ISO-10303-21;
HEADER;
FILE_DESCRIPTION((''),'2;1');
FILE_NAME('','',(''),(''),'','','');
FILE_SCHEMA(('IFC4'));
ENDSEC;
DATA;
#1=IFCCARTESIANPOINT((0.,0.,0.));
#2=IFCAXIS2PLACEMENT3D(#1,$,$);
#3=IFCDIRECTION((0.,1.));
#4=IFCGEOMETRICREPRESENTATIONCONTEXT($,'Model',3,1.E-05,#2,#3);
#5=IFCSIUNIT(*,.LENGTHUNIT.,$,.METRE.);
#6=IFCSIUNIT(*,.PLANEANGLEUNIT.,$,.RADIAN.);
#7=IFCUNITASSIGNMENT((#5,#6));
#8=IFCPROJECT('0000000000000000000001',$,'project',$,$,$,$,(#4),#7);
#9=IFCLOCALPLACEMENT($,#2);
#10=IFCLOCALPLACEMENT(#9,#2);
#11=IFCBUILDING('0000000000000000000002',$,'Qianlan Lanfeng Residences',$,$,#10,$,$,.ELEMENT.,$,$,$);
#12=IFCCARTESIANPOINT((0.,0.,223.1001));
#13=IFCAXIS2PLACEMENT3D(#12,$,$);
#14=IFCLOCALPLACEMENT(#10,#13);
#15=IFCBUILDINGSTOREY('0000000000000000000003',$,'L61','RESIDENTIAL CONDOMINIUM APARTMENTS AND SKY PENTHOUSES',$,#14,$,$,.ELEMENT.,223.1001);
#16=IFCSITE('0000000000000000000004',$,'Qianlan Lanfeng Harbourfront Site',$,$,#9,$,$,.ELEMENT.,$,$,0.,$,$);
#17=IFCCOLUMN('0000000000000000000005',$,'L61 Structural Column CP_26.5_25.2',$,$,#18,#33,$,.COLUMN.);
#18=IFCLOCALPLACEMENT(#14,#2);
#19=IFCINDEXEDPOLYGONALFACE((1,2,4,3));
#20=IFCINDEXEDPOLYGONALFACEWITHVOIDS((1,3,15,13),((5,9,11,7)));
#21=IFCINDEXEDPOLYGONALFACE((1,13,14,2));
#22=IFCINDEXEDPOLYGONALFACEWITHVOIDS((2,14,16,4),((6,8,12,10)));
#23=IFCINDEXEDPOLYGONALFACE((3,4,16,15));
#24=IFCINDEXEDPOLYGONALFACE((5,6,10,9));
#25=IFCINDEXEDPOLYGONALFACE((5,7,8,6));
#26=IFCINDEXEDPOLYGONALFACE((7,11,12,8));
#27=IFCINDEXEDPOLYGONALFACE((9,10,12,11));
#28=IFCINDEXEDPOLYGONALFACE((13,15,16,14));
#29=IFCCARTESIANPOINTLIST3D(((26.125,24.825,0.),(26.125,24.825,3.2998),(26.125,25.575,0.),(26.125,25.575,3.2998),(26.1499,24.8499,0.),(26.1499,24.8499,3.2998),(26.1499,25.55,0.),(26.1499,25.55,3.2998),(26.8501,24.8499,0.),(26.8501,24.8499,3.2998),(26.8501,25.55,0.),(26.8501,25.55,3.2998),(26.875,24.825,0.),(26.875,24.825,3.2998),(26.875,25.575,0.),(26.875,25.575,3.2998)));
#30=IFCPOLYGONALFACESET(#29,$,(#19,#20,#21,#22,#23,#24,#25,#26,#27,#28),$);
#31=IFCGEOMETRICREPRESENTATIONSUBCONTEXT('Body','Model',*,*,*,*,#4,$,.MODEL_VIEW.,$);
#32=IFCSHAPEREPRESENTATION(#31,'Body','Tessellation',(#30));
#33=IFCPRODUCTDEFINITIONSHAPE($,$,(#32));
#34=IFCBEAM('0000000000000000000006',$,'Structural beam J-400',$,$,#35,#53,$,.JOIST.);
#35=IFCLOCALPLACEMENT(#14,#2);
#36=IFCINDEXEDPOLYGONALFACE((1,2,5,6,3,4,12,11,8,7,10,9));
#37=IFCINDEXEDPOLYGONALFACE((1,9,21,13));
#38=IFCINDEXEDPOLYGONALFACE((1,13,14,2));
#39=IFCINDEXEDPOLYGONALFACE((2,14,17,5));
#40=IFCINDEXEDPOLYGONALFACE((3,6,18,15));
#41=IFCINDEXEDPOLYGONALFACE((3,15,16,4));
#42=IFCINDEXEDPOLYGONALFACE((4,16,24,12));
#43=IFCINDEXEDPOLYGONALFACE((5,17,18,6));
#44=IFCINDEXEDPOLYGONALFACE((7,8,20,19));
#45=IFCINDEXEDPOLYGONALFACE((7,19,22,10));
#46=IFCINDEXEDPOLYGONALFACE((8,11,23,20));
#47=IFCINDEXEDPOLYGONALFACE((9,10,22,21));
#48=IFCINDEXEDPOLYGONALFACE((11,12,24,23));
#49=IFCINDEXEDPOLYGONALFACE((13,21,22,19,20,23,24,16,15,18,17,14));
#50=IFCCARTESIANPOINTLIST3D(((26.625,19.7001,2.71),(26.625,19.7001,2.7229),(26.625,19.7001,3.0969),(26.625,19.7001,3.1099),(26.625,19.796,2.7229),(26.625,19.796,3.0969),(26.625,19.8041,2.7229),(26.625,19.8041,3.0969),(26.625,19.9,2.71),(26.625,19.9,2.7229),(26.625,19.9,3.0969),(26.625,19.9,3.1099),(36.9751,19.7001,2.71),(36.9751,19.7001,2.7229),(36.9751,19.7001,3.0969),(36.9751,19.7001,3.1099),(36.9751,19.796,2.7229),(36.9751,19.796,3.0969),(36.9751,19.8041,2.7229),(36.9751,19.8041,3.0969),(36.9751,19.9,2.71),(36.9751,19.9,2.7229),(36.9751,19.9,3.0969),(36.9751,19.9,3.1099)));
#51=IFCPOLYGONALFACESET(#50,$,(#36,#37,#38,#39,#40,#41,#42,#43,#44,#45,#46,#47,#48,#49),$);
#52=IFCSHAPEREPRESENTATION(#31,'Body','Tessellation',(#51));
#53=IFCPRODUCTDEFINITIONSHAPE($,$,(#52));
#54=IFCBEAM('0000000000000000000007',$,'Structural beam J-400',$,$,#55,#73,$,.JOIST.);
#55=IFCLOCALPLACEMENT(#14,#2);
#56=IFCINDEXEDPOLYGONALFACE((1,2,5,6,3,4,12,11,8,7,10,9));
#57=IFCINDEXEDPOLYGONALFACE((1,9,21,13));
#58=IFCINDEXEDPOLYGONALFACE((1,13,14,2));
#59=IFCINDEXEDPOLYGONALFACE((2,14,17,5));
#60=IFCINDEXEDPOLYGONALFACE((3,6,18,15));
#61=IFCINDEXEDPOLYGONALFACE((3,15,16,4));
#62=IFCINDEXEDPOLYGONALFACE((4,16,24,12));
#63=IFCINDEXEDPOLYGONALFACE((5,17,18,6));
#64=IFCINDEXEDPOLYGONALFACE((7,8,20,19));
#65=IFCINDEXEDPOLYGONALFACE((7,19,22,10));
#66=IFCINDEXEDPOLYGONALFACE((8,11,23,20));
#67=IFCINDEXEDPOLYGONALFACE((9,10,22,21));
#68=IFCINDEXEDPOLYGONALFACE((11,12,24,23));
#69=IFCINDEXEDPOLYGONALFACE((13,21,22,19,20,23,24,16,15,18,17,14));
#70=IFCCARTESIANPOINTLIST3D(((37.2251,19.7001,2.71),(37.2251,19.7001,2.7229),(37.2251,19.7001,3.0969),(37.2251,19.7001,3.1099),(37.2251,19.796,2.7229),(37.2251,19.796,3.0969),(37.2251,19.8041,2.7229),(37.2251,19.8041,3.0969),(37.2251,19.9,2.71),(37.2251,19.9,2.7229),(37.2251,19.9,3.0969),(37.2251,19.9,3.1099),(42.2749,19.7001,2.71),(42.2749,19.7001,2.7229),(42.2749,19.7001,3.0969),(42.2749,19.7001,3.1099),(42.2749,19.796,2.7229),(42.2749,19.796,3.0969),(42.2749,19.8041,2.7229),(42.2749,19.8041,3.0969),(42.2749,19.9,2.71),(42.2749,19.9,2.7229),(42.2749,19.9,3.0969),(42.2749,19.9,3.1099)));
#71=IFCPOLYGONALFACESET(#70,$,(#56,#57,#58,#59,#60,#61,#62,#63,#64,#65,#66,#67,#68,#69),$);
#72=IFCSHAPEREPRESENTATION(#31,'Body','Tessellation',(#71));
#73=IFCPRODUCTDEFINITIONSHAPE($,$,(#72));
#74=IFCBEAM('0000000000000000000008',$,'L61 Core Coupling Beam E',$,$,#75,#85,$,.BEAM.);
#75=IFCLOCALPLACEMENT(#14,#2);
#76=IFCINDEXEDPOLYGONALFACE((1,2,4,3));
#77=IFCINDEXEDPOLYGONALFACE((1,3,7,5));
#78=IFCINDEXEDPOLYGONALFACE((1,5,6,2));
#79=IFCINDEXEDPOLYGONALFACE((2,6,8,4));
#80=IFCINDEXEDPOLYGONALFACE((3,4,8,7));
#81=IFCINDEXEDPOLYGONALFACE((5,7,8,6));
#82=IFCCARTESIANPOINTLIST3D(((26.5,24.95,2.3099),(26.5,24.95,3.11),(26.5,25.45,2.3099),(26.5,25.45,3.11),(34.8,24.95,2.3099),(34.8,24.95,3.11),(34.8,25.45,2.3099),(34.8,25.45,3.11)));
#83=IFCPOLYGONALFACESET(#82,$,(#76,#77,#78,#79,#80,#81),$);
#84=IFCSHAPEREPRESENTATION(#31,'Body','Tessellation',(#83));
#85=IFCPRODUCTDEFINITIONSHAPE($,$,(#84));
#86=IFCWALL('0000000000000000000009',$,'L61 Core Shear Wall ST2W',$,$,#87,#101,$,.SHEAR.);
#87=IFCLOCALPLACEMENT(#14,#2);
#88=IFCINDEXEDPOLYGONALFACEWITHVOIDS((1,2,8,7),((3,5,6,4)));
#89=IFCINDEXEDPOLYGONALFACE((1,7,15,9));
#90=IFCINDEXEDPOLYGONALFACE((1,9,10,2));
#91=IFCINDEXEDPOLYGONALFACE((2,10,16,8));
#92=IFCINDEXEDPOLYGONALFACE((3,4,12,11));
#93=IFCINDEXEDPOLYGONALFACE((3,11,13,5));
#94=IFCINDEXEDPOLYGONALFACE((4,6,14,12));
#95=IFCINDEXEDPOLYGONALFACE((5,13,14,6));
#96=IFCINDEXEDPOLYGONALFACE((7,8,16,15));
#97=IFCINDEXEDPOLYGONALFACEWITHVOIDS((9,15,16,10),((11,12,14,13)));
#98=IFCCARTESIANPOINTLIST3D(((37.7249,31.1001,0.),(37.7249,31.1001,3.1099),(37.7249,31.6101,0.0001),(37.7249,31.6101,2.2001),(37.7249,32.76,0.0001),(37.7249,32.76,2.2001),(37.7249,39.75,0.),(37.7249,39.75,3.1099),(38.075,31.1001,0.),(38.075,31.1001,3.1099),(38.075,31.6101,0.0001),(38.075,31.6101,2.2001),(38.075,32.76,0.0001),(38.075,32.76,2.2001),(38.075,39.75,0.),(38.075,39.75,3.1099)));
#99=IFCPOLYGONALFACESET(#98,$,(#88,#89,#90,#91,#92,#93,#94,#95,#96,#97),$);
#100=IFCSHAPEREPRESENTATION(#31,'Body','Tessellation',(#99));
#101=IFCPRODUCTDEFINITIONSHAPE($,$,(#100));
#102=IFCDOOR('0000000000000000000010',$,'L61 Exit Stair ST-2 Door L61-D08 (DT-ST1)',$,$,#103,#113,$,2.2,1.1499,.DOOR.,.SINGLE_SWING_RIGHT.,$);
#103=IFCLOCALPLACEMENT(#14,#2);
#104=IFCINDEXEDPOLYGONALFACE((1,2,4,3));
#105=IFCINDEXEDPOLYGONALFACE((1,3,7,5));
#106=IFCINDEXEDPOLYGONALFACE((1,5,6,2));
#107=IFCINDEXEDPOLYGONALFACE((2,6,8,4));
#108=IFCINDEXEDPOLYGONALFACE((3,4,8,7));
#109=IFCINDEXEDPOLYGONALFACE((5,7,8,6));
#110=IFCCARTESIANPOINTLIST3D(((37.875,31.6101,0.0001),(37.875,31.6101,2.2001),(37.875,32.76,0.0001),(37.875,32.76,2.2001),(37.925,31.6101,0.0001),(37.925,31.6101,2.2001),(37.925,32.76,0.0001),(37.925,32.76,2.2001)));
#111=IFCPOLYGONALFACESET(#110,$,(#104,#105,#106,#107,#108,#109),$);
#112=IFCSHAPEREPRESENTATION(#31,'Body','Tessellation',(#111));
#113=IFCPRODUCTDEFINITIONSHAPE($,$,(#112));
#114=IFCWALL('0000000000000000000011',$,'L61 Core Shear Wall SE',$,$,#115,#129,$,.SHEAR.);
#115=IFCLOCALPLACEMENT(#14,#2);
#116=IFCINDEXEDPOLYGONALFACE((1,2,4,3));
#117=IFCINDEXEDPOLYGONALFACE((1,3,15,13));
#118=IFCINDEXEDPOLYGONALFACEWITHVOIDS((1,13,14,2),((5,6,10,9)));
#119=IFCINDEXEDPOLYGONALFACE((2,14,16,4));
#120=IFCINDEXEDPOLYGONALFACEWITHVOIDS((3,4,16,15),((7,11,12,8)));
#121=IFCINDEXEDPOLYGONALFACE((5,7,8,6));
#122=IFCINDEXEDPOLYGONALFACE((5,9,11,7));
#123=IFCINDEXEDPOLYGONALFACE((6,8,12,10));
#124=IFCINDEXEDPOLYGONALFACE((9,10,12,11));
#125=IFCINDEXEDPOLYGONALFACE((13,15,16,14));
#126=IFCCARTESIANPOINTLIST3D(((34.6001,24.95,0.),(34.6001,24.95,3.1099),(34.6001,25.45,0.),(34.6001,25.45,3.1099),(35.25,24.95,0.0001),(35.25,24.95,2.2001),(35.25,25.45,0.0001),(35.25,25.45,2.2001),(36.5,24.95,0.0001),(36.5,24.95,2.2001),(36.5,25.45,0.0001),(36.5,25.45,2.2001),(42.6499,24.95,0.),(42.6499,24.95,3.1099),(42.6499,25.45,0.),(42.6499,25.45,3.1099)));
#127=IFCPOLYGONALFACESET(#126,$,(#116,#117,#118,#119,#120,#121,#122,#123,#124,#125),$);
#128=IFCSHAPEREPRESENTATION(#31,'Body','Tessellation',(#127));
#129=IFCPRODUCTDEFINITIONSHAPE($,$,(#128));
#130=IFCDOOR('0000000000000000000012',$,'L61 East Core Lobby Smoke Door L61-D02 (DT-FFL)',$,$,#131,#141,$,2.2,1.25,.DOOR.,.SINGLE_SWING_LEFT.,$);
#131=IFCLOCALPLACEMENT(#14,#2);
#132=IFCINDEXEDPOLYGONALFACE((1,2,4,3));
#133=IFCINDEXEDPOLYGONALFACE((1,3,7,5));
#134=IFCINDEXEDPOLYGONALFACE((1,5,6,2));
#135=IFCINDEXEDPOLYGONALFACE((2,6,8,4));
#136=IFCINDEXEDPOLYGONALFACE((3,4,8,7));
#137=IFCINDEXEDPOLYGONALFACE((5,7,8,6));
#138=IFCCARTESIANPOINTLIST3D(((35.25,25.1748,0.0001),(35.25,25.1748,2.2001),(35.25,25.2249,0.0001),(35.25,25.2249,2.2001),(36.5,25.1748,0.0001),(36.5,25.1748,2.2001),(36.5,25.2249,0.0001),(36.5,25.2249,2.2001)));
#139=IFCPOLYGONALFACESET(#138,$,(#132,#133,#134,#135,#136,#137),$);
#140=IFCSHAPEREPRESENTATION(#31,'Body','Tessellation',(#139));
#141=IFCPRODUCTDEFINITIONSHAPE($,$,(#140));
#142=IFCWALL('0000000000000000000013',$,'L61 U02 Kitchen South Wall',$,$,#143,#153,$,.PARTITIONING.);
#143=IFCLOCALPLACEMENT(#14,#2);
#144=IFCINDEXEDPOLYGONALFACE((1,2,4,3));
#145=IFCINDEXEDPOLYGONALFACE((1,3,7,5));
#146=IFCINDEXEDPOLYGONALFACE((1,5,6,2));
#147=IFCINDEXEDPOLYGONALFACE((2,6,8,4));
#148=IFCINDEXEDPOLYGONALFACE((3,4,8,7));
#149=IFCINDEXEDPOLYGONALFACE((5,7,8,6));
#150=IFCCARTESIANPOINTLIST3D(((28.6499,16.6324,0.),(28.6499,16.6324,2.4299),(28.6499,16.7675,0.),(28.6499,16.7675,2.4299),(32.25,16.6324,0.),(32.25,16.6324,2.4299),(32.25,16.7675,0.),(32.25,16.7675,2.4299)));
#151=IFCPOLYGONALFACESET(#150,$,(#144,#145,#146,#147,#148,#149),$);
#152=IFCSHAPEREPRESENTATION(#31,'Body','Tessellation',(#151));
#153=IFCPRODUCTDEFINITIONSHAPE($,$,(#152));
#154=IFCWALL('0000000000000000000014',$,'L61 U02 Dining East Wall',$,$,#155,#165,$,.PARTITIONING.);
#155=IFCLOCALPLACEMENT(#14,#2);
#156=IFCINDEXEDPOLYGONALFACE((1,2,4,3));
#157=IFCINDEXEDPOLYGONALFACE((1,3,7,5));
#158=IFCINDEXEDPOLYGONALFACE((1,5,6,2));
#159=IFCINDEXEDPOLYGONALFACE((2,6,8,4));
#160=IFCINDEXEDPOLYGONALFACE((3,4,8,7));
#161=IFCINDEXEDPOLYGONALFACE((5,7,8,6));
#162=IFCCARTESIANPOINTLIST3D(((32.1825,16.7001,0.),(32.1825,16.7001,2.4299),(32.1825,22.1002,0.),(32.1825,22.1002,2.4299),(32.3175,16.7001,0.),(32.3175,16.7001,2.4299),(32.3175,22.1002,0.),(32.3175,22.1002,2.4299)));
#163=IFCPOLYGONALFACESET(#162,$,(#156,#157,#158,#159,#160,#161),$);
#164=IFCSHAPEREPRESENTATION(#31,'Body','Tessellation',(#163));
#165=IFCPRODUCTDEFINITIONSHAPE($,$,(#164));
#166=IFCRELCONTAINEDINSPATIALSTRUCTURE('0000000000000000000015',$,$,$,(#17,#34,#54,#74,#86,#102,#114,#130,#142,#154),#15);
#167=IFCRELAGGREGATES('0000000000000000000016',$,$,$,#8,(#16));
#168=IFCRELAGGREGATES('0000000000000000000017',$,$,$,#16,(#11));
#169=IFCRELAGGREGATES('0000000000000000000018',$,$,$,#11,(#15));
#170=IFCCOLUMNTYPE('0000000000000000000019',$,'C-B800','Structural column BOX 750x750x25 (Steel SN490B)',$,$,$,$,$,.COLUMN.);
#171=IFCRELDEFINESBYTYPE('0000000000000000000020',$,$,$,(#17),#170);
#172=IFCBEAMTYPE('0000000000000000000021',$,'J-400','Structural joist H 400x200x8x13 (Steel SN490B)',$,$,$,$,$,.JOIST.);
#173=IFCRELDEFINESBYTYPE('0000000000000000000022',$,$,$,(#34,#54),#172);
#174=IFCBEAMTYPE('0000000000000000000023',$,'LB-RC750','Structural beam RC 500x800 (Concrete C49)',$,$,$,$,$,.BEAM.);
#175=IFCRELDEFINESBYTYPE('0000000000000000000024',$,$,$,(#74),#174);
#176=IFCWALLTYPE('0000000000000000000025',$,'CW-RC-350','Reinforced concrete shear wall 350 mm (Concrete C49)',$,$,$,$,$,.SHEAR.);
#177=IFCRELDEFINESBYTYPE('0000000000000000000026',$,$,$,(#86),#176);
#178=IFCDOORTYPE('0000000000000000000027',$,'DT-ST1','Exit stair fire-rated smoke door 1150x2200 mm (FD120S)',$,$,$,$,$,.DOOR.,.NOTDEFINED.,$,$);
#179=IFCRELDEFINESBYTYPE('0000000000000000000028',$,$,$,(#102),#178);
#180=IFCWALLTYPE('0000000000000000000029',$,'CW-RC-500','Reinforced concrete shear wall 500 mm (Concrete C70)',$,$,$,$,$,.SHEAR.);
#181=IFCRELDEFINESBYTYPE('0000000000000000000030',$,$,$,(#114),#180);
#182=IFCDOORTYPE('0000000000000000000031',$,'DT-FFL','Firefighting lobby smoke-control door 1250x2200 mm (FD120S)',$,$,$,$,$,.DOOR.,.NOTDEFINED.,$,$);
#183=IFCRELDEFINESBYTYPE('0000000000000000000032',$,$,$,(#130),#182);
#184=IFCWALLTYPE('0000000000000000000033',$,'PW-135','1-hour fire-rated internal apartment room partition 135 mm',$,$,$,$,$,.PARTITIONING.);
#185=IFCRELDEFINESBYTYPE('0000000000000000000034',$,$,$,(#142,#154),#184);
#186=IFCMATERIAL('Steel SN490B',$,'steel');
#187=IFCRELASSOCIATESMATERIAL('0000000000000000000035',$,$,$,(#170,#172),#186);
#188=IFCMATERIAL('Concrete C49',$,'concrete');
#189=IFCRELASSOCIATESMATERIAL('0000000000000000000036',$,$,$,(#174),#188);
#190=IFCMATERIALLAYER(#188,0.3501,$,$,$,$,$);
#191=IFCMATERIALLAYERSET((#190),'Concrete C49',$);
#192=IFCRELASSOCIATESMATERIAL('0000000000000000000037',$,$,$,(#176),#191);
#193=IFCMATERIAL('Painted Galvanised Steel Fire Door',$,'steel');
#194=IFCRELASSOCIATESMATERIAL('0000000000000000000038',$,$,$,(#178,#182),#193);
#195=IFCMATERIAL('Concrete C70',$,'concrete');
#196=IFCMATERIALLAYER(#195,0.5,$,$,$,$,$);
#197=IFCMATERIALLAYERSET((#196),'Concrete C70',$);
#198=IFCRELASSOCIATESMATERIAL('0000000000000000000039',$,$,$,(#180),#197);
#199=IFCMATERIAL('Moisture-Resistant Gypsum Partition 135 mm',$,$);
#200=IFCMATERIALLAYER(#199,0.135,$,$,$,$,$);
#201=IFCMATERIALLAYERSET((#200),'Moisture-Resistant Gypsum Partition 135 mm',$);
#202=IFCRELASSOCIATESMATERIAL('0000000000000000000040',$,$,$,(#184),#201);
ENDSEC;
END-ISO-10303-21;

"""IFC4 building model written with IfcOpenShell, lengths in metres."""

from ifc_helpers import new_model, si_unit, direction, frame, frame_2d, origin, origin_2d, place, context, subcontext, project, spatial, rectangle, hollow_rectangle, i_section, extrude, material, layer, layer_set, material_profile, profile_set, type_object, element, fill, save


model = new_model("IFC4")

# Units and contexts
model_context = context("Model", 3, precision=1e-05, world=origin(), true_north=direction((0.0, 1.0)))
body_context = subcontext(model_context, "Body", "Model", "MODEL_VIEW")
ifc_project = project(units=[si_unit("LENGTHUNIT", "METRE"), si_unit("PLANEANGLEUNIT", "RADIAN")], contexts=[model_context])

# Site, building, storey
site_placement = place(None, origin())
site = spatial("IfcSite", under=ifc_project, at=site_placement, Name="Qianlan Lanfeng Harbourfront Site", CompositionType="ELEMENT", RefElevation=0.0)
building_placement = place(site_placement, origin())
building = spatial("IfcBuilding", under=site, at=building_placement, Name="Qianlan Lanfeng Residences", CompositionType="ELEMENT")
storey_placement = place(building_placement, frame((0.0, 0.0, 223.1001)))
storey = spatial("IfcBuildingStorey", under=building, at=storey_placement, Name="L61", Description="RESIDENTIAL CONDOMINIUM APARTMENTS AND SKY PENTHOUSES", CompositionType="ELEMENT", Elevation=223.1001)

# Column
ifc_material_1 = material(Name="Steel SN490B", Category="steel")
ifc_material_profile_1 = material_profile(ifc_material_1, hollow_rectangle(XDim=0.75, YDim=0.75, WallThickness=0.0249, at=origin_2d()), Name="BOX 750x750x25")
ifc_profile_set_1 = profile_set([ifc_material_profile_1], Name="Steel SN490B")
column_type = type_object("IfcColumnType", Name="C-B800", Description="Structural column BOX 750x750x25 (Steel SN490B)", PredefinedType="COLUMN", material=ifc_profile_set_1)
column_placement = place(storey_placement, frame((26.5, 25.2, 0.0), z_axis=(0.0, 0.0, 1.0), x_axis=(1.0, 0.0, 0.0)))
element("IfcColumn", 1, at=column_placement, inside=storey, type_object=column_type, Name="L61 Structural Column CP_26.5_25.2", PredefinedType="COLUMN", context=body_context, shape_type="SweptSolid", body=[
    extrude(hollow_rectangle(XDim=0.75, YDim=0.75, WallThickness=0.0249, at=origin_2d()), origin(), (0.0, 0.0, 1.0), 3.2998),
])

# Beams
ifc_material_profile_2 = material_profile(ifc_material_1, i_section(OverallWidth=0.2, OverallDepth=0.3999, WebThickness=0.0081, FlangeThickness=0.0129, at=origin_2d()), Name="H 400x200x8x13")
ifc_profile_set_2 = profile_set([ifc_material_profile_2], Name="Steel SN490B")
beam_type_1 = type_object("IfcBeamType", Name="J-400", Description="Structural joist H 400x200x8x13 (Steel SN490B)", PredefinedType="JOIST", material=ifc_profile_set_2)
beam_1_placement = place(storey_placement, frame((26.625, 19.8, 2.9099), z_axis=(1.0, 0.0, 0.0), x_axis=(0.0, 1.0, 0.0)))
element("IfcBeam", 2, at=beam_1_placement, inside=storey, type_object=beam_type_1, Name="Structural beam J-400", PredefinedType="JOIST", context=body_context, shape_type="SweptSolid", body=[
    extrude(i_section(OverallWidth=0.2, OverallDepth=0.3999, WebThickness=0.0081, FlangeThickness=0.0129, at=origin_2d()), origin(), (0.0, 0.0, 1.0), 10.3501),
])
beam_2_placement = place(storey_placement, frame((37.2251, 19.8, 2.9099), z_axis=(1.0, 0.0, 0.0), x_axis=(0.0, 1.0, 0.0)))
element("IfcBeam", 3, at=beam_2_placement, inside=storey, type_object=beam_type_1, Name="Structural beam J-400", PredefinedType="JOIST", context=body_context, shape_type="SweptSolid", body=[
    extrude(i_section(OverallWidth=0.2, OverallDepth=0.3999, WebThickness=0.0081, FlangeThickness=0.0129, at=origin_2d()), origin(), (0.0, 0.0, 1.0), 5.0498),
])
ifc_material_2 = material(Name="Concrete C49", Category="concrete")
ifc_material_profile_3 = material_profile(ifc_material_2, rectangle(XDim=0.5, YDim=0.8, at=origin_2d()), Name="RC 500x800")
ifc_profile_set_3 = profile_set([ifc_material_profile_3], Name="Concrete C49")
beam_type_2 = type_object("IfcBeamType", Name="LB-RC750", Description="Structural beam RC 500x800 (Concrete C49)", PredefinedType="BEAM", material=ifc_profile_set_3)
beam_3_placement = place(storey_placement, frame((26.5, 25.2, 2.71), z_axis=(1.0, 0.0, 0.0), x_axis=(0.0, 1.0, 0.0)))
element("IfcBeam", 4, at=beam_3_placement, inside=storey, type_object=beam_type_2, Name="L61 Core Coupling Beam E", PredefinedType="BEAM", context=body_context, shape_type="SweptSolid", body=[
    extrude(rectangle(XDim=0.5, YDim=0.8, at=origin_2d()), origin(), (0.0, 0.0, 1.0), 8.3),
])

# Walls, openings, doors
ifc_layer_1 = layer(ifc_material_2, 0.3501)
ifc_layer_set_1 = layer_set([ifc_layer_1], Name="Concrete C49")
wall_type_1 = type_object("IfcWallType", Name="CW-RC-350", Description="Reinforced concrete shear wall 350 mm (Concrete C49)", PredefinedType="SHEAR", material=ifc_layer_set_1)
wall_1_placement = place(storey_placement, frame((37.8999, 31.1001, 0.0), z_axis=(0.0, 0.0, 1.0), x_axis=(0.0, 1.0, 0.0)))
wall_1 = element("IfcWall", 5, at=wall_1_placement, inside=storey, type_object=wall_type_1, Name="L61 Core Shear Wall ST2W", PredefinedType="SHEAR", context=body_context, shape_type="SweptSolid", body=[
    extrude(rectangle(XDim=8.6499, YDim=0.3501, at=frame_2d((4.325, 0.0))), origin(), (0.0, 0.0, 1.0), 3.1099),
])
opening_1_placement = place(wall_1_placement, frame((0.51, 0.0, 0.0)))
opening_1 = element("IfcOpeningElement", 6, at=opening_1_placement, cuts=wall_1, PredefinedType="OPENING", context=body_context, shape_type="SweptSolid", body=[
    extrude(rectangle(XDim=1.1499, YDim=2.2, at=frame_2d((0.575, 1.1001))), frame((0.0, 0.1851, 0.0), z_axis=(0.0, -1.0, 0.0), x_axis=(1.0, 0.0, 0.0)), (0.0, 0.0, 1.0), 0.3701),
])
ifc_material_3 = material(Name="Painted Galvanised Steel Fire Door", Category="steel")
door_type_1 = type_object("IfcDoorType", Name="DT-ST1", Description="Exit stair fire-rated smoke door 1150x2200 mm (FD120S)", OperationType="NOTDEFINED", PredefinedType="DOOR", material=ifc_material_3)
door_1_placement = place(opening_1_placement, origin())
door_1 = element("IfcDoor", 7, at=door_1_placement, inside=storey, type_object=door_type_1, Name="L61 Exit Stair ST-2 Door L61-D08 (DT-ST1)", OperationType="SINGLE_SWING_RIGHT", OverallHeight=2.2, OverallWidth=1.1499, PredefinedType="DOOR", context=body_context, shape_type="SweptSolid", body=[
    extrude(rectangle(XDim=1.1499, YDim=2.2, at=frame_2d((0.575, 1.1001))), frame((0.0, 0.0249, 0.0), z_axis=(0.0, -1.0, 0.0), x_axis=(1.0, 0.0, 0.0)), (0.0, 0.0, 1.0), 0.05),
])
fill(opening_1, door_1)
ifc_material_4 = material(Name="Concrete C70", Category="concrete")
ifc_layer_2 = layer(ifc_material_4, 0.5)
ifc_layer_set_2 = layer_set([ifc_layer_2], Name="Concrete C70")
wall_type_2 = type_object("IfcWallType", Name="CW-RC-500", Description="Reinforced concrete shear wall 500 mm (Concrete C70)", PredefinedType="SHEAR", material=ifc_layer_set_2)
wall_2_placement = place(storey_placement, frame((34.6001, 25.2, 0.0), z_axis=(0.0, 0.0, 1.0), x_axis=(1.0, 0.0, 0.0)))
wall_2 = element("IfcWall", 8, at=wall_2_placement, inside=storey, type_object=wall_type_2, Name="L61 Core Shear Wall SE", PredefinedType="SHEAR", context=body_context, shape_type="SweptSolid", body=[
    extrude(rectangle(XDim=8.0498, YDim=0.5, at=frame_2d((4.0249, 0.0))), origin(), (0.0, 0.0, 1.0), 3.1099),
])
opening_2_placement = place(wall_2_placement, frame((0.6499, 0.0, 0.0)))
opening_2 = element("IfcOpeningElement", 9, at=opening_2_placement, cuts=wall_2, PredefinedType="OPENING", context=body_context, shape_type="SweptSolid", body=[
    extrude(rectangle(XDim=1.25, YDim=2.2, at=frame_2d((0.625, 1.1001))), frame((0.0, 0.26, 0.0), z_axis=(0.0, -1.0, 0.0), x_axis=(1.0, 0.0, 0.0)), (0.0, 0.0, 1.0), 0.52),
])
door_type_2 = type_object("IfcDoorType", Name="DT-FFL", Description="Firefighting lobby smoke-control door 1250x2200 mm (FD120S)", OperationType="NOTDEFINED", PredefinedType="DOOR", material=ifc_material_3)
door_2_placement = place(opening_2_placement, origin())
door_2 = element("IfcDoor", 10, at=door_2_placement, inside=storey, type_object=door_type_2, Name="L61 East Core Lobby Smoke Door L61-D02 (DT-FFL)", OperationType="SINGLE_SWING_LEFT", OverallHeight=2.2, OverallWidth=1.25, PredefinedType="DOOR", context=body_context, shape_type="SweptSolid", body=[
    extrude(rectangle(XDim=1.25, YDim=2.2, at=frame_2d((0.625, 1.1001))), frame((0.0, 0.0249, 0.0), z_axis=(0.0, -1.0, 0.0), x_axis=(1.0, 0.0, 0.0)), (0.0, 0.0, 1.0), 0.05),
])
fill(opening_2, door_2)

# Walls
ifc_material_5 = material(Name="Moisture-Resistant Gypsum Partition 135 mm")
ifc_layer_3 = layer(ifc_material_5, 0.135)
ifc_layer_set_3 = layer_set([ifc_layer_3], Name="Moisture-Resistant Gypsum Partition 135 mm")
wall_type_3 = type_object("IfcWallType", Name="PW-135", Description="1-hour fire-rated internal apartment room partition 135 mm", PredefinedType="PARTITIONING", material=ifc_layer_set_3)
wall_3_placement = place(storey_placement, frame((28.6499, 16.7, 0.0), z_axis=(0.0, 0.0, 1.0), x_axis=(1.0, 0.0, 0.0)))
element("IfcWall", 11, at=wall_3_placement, inside=storey, type_object=wall_type_3, Name="L61 U02 Kitchen South Wall", PredefinedType="PARTITIONING", context=body_context, shape_type="SweptSolid", body=[
    extrude(rectangle(XDim=3.6001, YDim=0.135, at=frame_2d((1.8, 0.0))), origin(), (0.0, 0.0, 1.0), 2.4299),
])
wall_4_placement = place(storey_placement, frame((32.25, 16.7, 0.0), z_axis=(0.0, 0.0, 1.0), x_axis=(0.0, 1.0, 0.0)))
element("IfcWall", 12, at=wall_4_placement, inside=storey, type_object=wall_type_3, Name="L61 U02 Dining East Wall", PredefinedType="PARTITIONING", context=body_context, shape_type="SweptSolid", body=[
    extrude(rectangle(XDim=5.4001, YDim=0.135, at=frame_2d((2.7002, 0.0))), origin(), (0.0, 0.0, 1.0), 2.4299),
])

save(model, "model.ifc")
